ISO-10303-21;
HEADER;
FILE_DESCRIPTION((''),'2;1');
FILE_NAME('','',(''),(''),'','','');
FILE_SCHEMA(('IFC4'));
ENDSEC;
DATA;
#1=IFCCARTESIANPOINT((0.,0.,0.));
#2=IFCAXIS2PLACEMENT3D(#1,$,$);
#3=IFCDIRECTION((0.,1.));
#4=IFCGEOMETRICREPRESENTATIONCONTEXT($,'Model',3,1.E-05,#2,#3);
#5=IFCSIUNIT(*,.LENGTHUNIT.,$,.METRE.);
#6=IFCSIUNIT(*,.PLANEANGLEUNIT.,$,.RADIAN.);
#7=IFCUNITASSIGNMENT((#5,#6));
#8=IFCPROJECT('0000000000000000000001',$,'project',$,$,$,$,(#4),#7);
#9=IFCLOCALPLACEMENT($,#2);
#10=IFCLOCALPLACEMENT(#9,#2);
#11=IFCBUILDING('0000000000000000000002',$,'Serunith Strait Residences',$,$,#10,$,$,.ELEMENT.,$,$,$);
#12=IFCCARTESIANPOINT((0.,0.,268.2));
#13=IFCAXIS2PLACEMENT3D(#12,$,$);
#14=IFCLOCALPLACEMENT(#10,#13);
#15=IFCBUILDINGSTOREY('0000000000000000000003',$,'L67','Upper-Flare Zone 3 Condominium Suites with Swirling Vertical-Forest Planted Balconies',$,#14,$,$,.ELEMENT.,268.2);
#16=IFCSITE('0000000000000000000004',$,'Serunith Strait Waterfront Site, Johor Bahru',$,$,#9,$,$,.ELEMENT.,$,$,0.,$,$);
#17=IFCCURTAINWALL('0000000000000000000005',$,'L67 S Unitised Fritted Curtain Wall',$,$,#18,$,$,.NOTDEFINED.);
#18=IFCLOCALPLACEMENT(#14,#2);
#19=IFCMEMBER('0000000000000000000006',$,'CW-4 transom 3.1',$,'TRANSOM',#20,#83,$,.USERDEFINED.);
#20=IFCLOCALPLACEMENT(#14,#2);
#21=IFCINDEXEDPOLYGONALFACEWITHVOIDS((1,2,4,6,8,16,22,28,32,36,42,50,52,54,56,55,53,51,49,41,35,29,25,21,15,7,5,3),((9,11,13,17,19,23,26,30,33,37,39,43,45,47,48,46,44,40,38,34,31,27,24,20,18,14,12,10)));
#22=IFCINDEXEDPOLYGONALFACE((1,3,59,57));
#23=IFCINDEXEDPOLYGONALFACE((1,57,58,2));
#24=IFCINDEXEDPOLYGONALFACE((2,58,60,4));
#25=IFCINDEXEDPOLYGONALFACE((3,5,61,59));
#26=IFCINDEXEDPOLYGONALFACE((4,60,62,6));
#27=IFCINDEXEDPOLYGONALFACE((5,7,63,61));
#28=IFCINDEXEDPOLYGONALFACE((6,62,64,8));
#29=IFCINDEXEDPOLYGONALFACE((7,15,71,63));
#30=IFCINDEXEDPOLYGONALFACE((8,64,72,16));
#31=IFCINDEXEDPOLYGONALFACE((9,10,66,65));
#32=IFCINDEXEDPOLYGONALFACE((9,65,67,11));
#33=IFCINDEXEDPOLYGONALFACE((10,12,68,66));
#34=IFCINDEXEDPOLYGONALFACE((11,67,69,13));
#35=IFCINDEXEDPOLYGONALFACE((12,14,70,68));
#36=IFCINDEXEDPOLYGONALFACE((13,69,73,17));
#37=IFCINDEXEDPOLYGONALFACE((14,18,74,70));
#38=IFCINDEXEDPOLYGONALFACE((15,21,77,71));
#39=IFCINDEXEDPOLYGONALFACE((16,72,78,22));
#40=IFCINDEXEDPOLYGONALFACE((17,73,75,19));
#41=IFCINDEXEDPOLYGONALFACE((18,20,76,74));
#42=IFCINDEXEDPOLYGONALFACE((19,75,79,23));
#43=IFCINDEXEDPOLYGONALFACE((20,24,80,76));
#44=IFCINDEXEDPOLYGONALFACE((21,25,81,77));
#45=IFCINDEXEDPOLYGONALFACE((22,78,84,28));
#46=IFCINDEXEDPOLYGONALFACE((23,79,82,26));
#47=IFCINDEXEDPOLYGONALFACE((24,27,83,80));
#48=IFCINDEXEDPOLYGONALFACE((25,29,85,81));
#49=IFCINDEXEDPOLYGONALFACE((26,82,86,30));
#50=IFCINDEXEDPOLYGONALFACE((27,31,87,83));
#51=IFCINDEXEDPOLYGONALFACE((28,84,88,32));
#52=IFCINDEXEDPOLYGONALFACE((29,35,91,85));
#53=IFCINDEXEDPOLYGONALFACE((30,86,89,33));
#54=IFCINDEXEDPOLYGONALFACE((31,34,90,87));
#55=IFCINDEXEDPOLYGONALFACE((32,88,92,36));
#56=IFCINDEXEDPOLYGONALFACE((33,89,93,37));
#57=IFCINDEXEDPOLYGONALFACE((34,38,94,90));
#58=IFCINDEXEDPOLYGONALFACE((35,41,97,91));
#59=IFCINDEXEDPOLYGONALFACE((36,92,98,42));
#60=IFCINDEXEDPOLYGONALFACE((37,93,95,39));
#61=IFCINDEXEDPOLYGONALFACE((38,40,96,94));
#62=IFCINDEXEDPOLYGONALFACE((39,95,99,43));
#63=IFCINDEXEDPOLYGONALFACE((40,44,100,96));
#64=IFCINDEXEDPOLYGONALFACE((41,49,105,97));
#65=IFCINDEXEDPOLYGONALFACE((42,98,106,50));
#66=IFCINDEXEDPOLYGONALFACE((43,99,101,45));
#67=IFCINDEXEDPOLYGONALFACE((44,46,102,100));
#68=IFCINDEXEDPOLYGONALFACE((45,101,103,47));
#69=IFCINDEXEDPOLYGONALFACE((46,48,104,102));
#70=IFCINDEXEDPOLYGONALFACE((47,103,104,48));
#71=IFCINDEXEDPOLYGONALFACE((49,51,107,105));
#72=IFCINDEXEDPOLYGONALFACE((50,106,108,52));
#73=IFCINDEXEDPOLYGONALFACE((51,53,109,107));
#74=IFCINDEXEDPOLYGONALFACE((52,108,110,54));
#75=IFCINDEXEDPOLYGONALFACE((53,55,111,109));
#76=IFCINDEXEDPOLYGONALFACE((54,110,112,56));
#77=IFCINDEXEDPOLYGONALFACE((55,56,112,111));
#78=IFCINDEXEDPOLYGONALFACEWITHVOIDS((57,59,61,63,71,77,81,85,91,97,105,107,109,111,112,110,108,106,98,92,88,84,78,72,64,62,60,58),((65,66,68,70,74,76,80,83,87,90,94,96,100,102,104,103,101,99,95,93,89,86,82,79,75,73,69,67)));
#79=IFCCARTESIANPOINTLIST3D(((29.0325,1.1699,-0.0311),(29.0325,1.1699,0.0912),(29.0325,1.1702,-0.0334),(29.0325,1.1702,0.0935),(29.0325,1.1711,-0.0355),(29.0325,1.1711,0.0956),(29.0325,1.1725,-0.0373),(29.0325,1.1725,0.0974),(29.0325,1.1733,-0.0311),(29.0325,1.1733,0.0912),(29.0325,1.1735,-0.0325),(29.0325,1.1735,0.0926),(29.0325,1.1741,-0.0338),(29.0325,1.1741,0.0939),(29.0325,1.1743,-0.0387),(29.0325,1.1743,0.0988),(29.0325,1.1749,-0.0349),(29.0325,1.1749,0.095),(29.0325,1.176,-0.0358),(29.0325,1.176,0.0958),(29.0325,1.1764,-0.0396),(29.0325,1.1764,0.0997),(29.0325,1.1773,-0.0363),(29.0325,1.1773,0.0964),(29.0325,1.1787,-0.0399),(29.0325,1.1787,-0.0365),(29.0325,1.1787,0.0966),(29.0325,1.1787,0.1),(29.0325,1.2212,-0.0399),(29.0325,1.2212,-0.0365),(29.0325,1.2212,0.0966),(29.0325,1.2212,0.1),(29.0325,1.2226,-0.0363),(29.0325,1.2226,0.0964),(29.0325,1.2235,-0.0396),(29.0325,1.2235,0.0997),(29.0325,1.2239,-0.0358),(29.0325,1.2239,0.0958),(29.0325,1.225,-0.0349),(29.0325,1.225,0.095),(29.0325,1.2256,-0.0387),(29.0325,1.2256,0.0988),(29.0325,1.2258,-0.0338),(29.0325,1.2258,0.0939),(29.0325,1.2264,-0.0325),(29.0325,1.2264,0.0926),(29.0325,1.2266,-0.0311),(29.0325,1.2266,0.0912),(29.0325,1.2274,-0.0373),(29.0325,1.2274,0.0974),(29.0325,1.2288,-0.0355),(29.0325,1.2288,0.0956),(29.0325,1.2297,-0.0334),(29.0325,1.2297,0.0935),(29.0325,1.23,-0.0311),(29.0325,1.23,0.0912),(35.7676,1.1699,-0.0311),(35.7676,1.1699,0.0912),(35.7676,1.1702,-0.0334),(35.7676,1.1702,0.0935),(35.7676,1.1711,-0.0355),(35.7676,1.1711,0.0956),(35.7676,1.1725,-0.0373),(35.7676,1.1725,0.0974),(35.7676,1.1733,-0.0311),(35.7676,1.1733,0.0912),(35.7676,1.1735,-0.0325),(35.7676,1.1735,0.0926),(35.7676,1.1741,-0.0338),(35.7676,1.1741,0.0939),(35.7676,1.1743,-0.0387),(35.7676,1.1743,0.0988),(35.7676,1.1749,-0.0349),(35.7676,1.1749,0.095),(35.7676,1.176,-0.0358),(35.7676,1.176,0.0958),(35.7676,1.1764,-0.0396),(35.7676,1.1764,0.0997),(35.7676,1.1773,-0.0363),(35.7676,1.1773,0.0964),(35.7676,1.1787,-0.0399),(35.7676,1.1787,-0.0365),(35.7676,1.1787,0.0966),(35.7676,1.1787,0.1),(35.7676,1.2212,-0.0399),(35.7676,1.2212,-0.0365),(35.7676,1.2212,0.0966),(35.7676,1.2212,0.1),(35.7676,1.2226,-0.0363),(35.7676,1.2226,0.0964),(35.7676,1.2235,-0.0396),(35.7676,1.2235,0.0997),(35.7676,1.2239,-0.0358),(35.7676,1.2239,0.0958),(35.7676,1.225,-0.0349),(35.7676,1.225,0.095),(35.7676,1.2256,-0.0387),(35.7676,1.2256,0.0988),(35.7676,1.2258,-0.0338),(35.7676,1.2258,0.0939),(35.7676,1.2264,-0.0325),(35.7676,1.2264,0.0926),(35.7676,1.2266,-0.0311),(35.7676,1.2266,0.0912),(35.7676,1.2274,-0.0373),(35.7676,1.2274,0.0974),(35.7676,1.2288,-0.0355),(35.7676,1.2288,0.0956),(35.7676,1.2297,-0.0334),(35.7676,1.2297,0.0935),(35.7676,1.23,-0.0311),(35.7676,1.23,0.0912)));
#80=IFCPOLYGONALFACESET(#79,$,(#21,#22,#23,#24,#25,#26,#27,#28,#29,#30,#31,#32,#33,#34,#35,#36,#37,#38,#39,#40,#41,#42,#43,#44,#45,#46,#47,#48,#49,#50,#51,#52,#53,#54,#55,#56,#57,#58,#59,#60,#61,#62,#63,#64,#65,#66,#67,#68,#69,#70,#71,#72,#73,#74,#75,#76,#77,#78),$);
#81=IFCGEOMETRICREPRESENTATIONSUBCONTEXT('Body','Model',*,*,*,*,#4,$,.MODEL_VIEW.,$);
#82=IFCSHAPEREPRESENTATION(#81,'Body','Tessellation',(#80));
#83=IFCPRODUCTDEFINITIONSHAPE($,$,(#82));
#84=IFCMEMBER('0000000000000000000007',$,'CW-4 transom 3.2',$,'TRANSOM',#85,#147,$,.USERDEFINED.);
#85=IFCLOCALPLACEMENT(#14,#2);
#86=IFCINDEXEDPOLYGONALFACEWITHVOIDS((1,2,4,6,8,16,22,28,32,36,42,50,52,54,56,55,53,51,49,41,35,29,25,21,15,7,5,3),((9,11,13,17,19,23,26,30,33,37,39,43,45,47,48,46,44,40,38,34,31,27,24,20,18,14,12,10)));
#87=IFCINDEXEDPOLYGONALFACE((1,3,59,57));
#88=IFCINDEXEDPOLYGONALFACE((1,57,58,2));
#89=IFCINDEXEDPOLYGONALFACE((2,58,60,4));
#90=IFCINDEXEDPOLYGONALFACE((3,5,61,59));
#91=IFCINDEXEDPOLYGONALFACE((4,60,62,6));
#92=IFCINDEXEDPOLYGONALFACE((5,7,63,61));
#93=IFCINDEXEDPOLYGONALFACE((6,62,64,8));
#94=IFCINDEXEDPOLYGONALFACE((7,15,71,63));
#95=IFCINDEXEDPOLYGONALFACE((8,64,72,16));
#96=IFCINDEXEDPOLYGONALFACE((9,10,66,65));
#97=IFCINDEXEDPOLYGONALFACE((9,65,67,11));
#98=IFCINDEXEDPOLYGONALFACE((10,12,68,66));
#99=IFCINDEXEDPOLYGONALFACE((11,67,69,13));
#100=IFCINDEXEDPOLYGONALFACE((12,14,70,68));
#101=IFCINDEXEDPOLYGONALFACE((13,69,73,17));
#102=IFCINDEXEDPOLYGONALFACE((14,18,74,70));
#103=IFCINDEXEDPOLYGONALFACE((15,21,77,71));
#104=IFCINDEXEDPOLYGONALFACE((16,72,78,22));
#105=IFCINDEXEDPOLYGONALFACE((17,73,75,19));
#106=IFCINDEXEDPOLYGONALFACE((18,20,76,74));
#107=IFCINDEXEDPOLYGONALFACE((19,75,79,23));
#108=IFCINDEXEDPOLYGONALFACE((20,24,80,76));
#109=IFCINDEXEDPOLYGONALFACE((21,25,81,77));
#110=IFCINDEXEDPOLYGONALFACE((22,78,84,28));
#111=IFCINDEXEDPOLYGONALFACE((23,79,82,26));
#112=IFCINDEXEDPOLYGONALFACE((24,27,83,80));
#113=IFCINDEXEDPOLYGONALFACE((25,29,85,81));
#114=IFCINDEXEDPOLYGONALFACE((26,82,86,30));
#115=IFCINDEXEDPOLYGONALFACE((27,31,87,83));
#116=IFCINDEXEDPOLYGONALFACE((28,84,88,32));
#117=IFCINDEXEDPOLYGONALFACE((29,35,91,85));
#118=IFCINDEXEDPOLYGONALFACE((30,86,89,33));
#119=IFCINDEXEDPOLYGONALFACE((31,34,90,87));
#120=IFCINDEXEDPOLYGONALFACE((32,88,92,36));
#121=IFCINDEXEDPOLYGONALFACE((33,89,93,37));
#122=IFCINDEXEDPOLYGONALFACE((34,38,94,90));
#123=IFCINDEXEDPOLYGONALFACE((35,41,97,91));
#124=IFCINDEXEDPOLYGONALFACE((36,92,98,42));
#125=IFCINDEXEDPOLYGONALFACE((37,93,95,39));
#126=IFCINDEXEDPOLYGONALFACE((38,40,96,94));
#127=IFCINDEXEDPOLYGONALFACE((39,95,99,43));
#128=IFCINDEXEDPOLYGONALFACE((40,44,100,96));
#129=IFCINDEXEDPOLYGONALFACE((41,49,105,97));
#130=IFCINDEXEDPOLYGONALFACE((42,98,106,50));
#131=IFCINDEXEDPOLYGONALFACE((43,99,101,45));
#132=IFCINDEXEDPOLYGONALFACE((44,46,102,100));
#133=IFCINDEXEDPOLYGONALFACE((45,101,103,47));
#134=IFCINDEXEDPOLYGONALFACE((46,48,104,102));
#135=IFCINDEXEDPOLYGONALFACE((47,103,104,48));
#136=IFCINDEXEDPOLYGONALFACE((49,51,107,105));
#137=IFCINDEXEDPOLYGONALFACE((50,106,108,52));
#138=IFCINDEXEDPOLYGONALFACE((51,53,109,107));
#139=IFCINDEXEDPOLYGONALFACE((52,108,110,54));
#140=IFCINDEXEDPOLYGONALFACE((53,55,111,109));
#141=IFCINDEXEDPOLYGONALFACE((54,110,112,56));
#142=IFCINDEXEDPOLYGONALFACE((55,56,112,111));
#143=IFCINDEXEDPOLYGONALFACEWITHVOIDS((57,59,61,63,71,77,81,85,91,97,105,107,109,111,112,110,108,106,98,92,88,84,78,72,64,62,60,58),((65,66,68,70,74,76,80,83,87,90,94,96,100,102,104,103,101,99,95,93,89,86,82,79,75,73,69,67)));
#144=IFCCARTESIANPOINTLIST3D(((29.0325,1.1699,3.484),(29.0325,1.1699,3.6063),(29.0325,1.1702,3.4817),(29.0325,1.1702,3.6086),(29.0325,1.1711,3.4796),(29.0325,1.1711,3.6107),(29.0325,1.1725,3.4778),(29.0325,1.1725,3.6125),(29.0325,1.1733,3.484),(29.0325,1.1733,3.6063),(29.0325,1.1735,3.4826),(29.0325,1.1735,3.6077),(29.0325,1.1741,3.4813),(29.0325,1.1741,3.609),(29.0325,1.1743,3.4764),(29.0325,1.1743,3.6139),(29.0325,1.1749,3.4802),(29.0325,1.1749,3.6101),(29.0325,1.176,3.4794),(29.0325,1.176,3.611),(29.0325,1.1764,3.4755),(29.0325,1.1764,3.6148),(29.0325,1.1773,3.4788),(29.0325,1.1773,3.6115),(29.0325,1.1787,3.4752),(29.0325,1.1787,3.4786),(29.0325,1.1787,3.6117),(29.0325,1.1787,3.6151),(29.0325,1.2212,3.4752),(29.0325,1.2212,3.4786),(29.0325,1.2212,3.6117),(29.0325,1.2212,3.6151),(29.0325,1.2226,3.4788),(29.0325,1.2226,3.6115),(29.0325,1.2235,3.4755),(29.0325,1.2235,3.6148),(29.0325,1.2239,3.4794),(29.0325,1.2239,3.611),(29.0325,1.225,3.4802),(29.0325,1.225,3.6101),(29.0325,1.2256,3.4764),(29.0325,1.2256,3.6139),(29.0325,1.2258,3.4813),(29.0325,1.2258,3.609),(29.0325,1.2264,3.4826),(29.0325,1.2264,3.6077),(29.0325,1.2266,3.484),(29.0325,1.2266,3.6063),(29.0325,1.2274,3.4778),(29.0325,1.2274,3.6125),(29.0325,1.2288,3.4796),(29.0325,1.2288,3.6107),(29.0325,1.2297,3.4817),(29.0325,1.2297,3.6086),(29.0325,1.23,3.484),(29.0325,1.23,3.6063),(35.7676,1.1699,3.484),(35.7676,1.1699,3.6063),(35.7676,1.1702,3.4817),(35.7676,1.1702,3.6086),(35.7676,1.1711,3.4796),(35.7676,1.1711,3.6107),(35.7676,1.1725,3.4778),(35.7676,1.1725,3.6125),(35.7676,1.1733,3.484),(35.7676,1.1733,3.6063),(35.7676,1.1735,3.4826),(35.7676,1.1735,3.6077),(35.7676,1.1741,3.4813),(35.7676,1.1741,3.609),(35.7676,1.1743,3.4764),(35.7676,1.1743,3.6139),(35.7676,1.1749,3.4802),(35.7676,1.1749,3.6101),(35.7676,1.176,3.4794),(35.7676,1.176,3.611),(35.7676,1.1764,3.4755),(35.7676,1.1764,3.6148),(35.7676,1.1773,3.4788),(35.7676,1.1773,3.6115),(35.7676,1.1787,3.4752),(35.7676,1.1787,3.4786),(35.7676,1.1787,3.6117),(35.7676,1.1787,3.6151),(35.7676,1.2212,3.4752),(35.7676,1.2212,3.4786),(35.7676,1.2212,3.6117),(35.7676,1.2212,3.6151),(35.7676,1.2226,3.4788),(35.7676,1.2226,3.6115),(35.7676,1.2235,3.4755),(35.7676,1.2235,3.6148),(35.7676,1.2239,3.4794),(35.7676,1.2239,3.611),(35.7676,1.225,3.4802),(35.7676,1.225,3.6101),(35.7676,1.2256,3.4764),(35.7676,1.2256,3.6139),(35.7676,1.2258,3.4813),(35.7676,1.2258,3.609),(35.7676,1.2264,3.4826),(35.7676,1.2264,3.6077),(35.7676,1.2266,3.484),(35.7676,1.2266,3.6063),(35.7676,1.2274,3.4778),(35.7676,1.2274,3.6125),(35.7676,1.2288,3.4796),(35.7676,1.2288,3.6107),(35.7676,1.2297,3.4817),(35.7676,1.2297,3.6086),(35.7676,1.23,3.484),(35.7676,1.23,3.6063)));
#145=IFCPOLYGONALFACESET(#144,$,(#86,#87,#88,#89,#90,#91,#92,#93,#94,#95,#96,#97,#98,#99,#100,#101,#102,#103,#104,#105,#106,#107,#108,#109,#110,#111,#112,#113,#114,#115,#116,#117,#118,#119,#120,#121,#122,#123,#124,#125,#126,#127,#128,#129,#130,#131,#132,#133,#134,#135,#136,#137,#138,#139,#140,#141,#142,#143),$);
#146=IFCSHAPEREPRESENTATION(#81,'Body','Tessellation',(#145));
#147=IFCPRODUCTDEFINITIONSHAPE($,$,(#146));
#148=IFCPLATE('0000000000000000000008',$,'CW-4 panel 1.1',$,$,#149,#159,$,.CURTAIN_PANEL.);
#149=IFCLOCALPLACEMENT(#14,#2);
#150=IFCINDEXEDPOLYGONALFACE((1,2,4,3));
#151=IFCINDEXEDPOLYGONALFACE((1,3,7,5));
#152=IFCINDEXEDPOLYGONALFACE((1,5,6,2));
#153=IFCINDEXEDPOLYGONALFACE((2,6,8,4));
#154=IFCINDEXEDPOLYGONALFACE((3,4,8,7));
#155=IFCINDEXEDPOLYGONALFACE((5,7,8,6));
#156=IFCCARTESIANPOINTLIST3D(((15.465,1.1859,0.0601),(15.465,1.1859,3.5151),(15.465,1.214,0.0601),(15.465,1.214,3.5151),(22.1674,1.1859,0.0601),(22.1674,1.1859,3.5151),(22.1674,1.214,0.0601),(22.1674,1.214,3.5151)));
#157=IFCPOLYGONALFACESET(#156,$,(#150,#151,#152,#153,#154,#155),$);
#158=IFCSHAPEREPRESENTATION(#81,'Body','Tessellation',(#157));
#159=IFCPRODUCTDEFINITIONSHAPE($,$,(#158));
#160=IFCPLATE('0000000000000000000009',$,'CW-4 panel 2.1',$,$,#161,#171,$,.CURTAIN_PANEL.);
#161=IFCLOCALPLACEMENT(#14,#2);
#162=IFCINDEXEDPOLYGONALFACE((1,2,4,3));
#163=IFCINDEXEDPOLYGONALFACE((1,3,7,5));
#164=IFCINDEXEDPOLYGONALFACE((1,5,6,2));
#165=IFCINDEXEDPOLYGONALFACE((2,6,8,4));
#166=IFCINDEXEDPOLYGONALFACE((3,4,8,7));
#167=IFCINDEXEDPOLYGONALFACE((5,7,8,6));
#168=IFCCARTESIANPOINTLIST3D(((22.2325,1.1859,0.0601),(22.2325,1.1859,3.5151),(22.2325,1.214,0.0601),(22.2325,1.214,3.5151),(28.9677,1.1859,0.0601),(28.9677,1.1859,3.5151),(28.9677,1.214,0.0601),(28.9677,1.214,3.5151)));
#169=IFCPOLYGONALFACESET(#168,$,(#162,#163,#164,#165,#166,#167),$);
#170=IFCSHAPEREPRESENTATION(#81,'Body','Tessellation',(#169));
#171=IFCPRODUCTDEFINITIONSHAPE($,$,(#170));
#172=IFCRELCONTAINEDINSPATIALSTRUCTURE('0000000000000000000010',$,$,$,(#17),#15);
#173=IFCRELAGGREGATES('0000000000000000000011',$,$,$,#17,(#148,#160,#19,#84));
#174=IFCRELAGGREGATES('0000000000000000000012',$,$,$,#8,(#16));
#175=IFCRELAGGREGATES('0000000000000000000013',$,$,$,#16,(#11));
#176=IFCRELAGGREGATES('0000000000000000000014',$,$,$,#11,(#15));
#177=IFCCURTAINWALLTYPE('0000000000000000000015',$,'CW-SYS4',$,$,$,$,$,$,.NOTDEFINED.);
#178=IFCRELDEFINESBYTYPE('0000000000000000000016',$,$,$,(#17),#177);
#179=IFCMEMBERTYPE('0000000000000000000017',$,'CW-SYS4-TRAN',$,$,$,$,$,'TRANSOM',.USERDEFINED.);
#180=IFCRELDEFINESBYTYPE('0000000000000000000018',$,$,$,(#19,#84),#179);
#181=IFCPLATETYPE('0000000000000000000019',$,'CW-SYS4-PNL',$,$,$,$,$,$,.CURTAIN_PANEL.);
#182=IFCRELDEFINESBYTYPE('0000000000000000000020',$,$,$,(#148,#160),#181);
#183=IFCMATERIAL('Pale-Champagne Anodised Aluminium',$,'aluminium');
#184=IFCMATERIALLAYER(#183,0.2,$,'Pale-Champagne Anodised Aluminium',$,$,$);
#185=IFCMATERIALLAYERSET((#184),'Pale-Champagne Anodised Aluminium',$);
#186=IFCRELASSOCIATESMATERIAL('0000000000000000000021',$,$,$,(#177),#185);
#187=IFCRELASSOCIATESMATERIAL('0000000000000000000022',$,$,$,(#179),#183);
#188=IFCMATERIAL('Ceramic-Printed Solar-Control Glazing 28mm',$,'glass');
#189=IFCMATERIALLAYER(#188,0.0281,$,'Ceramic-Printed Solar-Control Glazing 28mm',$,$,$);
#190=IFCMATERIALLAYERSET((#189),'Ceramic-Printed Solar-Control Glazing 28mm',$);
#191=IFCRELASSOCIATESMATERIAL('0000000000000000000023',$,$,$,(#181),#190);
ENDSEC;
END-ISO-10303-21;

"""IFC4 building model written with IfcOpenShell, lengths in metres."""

from ifc_helpers import new_model, si_unit, direction, frame, origin, origin_2d, place, context, subcontext, project, spatial, rectangle, hollow_rectangle, extrude, source, transform, mapped, material, layer, layer_set, material_profile, profile_set, type_object, element, aggregate, save


model = new_model("IFC4")

# Units and contexts
model_context = context("Model", 3, precision=1e-05, world=origin(), true_north=direction((0.0, 1.0)))
body_context = subcontext(model_context, "Body", "Model", "MODEL_VIEW")
ifc_project = project(units=[si_unit("LENGTHUNIT", "METRE"), si_unit("PLANEANGLEUNIT", "RADIAN")], contexts=[model_context])

# Site, building, storey
site_placement = place(None, origin())
site = spatial("IfcSite", under=ifc_project, at=site_placement, Name="Serunith Strait Waterfront Site, Johor Bahru", CompositionType="ELEMENT", RefElevation=0.0)
building_placement = place(site_placement, origin())
building = spatial("IfcBuilding", under=site, at=building_placement, Name="Serunith Strait Residences", CompositionType="ELEMENT")
storey_placement = place(building_placement, frame((0.0, 0.0, 268.2)))
storey = spatial("IfcBuildingStorey", under=building, at=storey_placement, Name="L67", Description="Upper-Flare Zone 3 Condominium Suites with Swirling Vertical-Forest Planted Balconies", CompositionType="ELEMENT", Elevation=268.2)

# Curtain wall, members, plates
ifc_material_1 = material(Name="Pale-Champagne Anodised Aluminium", Category="aluminium")
ifc_layer_1 = layer(ifc_material_1, 0.2, Name="Pale-Champagne Anodised Aluminium")
ifc_layer_set_1 = layer_set([ifc_layer_1], Name="Pale-Champagne Anodised Aluminium")
curtain_wall_type = type_object("IfcCurtainWallType", Name="CW-SYS4", PredefinedType="NOTDEFINED", material=ifc_layer_set_1)
curtain_wall_placement = place(storey_placement, origin())
curtain_wall = element("IfcCurtainWall", 1, at=curtain_wall_placement, inside=storey, type_object=curtain_wall_type, Name="L67 S Unitised Fritted Curtain Wall", PredefinedType="NOTDEFINED")
ifc_material_profile_1 = material_profile(ifc_material_1, hollow_rectangle(XDim=0.0601, YDim=0.1399, WallThickness=0.0034, InnerFilletRadius=0.0054, OuterFilletRadius=0.0088, at=origin_2d()), Name="ALU 140x60x3.5")
ifc_profile_set_1 = profile_set([ifc_material_profile_1], Name="Pale-Champagne Anodised Aluminium")
member_type_1 = type_object("IfcMemberType", Name="CW-SYS4-TRAN", ElementType="TRANSOM", PredefinedType="USERDEFINED", material=ifc_profile_set_1)
shared_shape_1 = source(origin(), body_context, "Body", "SweptSolid", [
    extrude(hollow_rectangle(XDim=0.0601, YDim=0.1399, WallThickness=0.0034, InnerFilletRadius=0.0054, OuterFilletRadius=0.0088, at=origin_2d()), origin(), (0.0, 0.0, 1.0), 6.7351),
])
member_1_placement = place(storey_placement, frame((29.0325, 1.2, 0.03), z_axis=(1.0, 0.0, 0.0), x_axis=(0.0, 1.0, 0.0)))
member_1 = element("IfcMember", 2, at=member_1_placement, type_object=member_type_1, Name="CW-4 transom 3.1", ObjectType="TRANSOM", PredefinedType="USERDEFINED", context=body_context, shape_type="MappedRepresentation", body=[
    mapped(shared_shape_1, transform((0.0, 0.0, 0.0), scale=1.0)),
])
member_2_placement = place(storey_placement, frame((29.0325, 1.2, 3.5452), z_axis=(1.0, 0.0, 0.0), x_axis=(0.0, 1.0, 0.0)))
member_2 = element("IfcMember", 3, at=member_2_placement, type_object=member_type_1, Name="CW-4 transom 3.2", ObjectType="TRANSOM", PredefinedType="USERDEFINED", context=body_context, shape_type="MappedRepresentation", body=[
    mapped(shared_shape_1, transform((0.0, 0.0, 0.0), scale=1.0)),
])
ifc_material_2 = material(Name="Ceramic-Printed Solar-Control Glazing 28mm", Category="glass")
ifc_layer_2 = layer(ifc_material_2, 0.0281, Name="Ceramic-Printed Solar-Control Glazing 28mm")
ifc_layer_set_2 = layer_set([ifc_layer_2], Name="Ceramic-Printed Solar-Control Glazing 28mm")
plate_type = type_object("IfcPlateType", Name="CW-SYS4-PNL", PredefinedType="CURTAIN_PANEL", material=ifc_layer_set_2)
shared_shape_2 = source(origin(), body_context, "Body", "SweptSolid", [
    extrude(rectangle(XDim=6.7024, YDim=0.0281, at=origin_2d()), origin(), (0.0, 0.0, 1.0), 3.4551),
])
plate_1_placement = place(storey_placement, frame((18.8162, 1.2, 0.0601), z_axis=(0.0, 0.0, 1.0), x_axis=(1.0, 0.0, 0.0)))
plate_1 = element("IfcPlate", 4, at=plate_1_placement, type_object=plate_type, Name="CW-4 panel 1.1", PredefinedType="CURTAIN_PANEL", context=body_context, shape_type="MappedRepresentation", body=[
    mapped(shared_shape_2, transform((0.0, 0.0, 0.0), scale=1.0)),
])
shared_shape_3 = source(origin(), body_context, "Body", "SweptSolid", [
    extrude(rectangle(XDim=6.7351, YDim=0.0281, at=origin_2d()), origin(), (0.0, 0.0, 1.0), 3.4551),
])
plate_2_placement = place(storey_placement, frame((25.6001, 1.2, 0.0601), z_axis=(0.0, 0.0, 1.0), x_axis=(1.0, 0.0, 0.0)))
plate_2 = element("IfcPlate", 5, at=plate_2_placement, type_object=plate_type, Name="CW-4 panel 2.1", PredefinedType="CURTAIN_PANEL", context=body_context, shape_type="MappedRepresentation", body=[
    mapped(shared_shape_3, transform((0.0, 0.0, 0.0), scale=1.0)),
])
aggregate(curtain_wall, [plate_1, plate_2, member_1, member_2])

save(model, "model.ifc")
